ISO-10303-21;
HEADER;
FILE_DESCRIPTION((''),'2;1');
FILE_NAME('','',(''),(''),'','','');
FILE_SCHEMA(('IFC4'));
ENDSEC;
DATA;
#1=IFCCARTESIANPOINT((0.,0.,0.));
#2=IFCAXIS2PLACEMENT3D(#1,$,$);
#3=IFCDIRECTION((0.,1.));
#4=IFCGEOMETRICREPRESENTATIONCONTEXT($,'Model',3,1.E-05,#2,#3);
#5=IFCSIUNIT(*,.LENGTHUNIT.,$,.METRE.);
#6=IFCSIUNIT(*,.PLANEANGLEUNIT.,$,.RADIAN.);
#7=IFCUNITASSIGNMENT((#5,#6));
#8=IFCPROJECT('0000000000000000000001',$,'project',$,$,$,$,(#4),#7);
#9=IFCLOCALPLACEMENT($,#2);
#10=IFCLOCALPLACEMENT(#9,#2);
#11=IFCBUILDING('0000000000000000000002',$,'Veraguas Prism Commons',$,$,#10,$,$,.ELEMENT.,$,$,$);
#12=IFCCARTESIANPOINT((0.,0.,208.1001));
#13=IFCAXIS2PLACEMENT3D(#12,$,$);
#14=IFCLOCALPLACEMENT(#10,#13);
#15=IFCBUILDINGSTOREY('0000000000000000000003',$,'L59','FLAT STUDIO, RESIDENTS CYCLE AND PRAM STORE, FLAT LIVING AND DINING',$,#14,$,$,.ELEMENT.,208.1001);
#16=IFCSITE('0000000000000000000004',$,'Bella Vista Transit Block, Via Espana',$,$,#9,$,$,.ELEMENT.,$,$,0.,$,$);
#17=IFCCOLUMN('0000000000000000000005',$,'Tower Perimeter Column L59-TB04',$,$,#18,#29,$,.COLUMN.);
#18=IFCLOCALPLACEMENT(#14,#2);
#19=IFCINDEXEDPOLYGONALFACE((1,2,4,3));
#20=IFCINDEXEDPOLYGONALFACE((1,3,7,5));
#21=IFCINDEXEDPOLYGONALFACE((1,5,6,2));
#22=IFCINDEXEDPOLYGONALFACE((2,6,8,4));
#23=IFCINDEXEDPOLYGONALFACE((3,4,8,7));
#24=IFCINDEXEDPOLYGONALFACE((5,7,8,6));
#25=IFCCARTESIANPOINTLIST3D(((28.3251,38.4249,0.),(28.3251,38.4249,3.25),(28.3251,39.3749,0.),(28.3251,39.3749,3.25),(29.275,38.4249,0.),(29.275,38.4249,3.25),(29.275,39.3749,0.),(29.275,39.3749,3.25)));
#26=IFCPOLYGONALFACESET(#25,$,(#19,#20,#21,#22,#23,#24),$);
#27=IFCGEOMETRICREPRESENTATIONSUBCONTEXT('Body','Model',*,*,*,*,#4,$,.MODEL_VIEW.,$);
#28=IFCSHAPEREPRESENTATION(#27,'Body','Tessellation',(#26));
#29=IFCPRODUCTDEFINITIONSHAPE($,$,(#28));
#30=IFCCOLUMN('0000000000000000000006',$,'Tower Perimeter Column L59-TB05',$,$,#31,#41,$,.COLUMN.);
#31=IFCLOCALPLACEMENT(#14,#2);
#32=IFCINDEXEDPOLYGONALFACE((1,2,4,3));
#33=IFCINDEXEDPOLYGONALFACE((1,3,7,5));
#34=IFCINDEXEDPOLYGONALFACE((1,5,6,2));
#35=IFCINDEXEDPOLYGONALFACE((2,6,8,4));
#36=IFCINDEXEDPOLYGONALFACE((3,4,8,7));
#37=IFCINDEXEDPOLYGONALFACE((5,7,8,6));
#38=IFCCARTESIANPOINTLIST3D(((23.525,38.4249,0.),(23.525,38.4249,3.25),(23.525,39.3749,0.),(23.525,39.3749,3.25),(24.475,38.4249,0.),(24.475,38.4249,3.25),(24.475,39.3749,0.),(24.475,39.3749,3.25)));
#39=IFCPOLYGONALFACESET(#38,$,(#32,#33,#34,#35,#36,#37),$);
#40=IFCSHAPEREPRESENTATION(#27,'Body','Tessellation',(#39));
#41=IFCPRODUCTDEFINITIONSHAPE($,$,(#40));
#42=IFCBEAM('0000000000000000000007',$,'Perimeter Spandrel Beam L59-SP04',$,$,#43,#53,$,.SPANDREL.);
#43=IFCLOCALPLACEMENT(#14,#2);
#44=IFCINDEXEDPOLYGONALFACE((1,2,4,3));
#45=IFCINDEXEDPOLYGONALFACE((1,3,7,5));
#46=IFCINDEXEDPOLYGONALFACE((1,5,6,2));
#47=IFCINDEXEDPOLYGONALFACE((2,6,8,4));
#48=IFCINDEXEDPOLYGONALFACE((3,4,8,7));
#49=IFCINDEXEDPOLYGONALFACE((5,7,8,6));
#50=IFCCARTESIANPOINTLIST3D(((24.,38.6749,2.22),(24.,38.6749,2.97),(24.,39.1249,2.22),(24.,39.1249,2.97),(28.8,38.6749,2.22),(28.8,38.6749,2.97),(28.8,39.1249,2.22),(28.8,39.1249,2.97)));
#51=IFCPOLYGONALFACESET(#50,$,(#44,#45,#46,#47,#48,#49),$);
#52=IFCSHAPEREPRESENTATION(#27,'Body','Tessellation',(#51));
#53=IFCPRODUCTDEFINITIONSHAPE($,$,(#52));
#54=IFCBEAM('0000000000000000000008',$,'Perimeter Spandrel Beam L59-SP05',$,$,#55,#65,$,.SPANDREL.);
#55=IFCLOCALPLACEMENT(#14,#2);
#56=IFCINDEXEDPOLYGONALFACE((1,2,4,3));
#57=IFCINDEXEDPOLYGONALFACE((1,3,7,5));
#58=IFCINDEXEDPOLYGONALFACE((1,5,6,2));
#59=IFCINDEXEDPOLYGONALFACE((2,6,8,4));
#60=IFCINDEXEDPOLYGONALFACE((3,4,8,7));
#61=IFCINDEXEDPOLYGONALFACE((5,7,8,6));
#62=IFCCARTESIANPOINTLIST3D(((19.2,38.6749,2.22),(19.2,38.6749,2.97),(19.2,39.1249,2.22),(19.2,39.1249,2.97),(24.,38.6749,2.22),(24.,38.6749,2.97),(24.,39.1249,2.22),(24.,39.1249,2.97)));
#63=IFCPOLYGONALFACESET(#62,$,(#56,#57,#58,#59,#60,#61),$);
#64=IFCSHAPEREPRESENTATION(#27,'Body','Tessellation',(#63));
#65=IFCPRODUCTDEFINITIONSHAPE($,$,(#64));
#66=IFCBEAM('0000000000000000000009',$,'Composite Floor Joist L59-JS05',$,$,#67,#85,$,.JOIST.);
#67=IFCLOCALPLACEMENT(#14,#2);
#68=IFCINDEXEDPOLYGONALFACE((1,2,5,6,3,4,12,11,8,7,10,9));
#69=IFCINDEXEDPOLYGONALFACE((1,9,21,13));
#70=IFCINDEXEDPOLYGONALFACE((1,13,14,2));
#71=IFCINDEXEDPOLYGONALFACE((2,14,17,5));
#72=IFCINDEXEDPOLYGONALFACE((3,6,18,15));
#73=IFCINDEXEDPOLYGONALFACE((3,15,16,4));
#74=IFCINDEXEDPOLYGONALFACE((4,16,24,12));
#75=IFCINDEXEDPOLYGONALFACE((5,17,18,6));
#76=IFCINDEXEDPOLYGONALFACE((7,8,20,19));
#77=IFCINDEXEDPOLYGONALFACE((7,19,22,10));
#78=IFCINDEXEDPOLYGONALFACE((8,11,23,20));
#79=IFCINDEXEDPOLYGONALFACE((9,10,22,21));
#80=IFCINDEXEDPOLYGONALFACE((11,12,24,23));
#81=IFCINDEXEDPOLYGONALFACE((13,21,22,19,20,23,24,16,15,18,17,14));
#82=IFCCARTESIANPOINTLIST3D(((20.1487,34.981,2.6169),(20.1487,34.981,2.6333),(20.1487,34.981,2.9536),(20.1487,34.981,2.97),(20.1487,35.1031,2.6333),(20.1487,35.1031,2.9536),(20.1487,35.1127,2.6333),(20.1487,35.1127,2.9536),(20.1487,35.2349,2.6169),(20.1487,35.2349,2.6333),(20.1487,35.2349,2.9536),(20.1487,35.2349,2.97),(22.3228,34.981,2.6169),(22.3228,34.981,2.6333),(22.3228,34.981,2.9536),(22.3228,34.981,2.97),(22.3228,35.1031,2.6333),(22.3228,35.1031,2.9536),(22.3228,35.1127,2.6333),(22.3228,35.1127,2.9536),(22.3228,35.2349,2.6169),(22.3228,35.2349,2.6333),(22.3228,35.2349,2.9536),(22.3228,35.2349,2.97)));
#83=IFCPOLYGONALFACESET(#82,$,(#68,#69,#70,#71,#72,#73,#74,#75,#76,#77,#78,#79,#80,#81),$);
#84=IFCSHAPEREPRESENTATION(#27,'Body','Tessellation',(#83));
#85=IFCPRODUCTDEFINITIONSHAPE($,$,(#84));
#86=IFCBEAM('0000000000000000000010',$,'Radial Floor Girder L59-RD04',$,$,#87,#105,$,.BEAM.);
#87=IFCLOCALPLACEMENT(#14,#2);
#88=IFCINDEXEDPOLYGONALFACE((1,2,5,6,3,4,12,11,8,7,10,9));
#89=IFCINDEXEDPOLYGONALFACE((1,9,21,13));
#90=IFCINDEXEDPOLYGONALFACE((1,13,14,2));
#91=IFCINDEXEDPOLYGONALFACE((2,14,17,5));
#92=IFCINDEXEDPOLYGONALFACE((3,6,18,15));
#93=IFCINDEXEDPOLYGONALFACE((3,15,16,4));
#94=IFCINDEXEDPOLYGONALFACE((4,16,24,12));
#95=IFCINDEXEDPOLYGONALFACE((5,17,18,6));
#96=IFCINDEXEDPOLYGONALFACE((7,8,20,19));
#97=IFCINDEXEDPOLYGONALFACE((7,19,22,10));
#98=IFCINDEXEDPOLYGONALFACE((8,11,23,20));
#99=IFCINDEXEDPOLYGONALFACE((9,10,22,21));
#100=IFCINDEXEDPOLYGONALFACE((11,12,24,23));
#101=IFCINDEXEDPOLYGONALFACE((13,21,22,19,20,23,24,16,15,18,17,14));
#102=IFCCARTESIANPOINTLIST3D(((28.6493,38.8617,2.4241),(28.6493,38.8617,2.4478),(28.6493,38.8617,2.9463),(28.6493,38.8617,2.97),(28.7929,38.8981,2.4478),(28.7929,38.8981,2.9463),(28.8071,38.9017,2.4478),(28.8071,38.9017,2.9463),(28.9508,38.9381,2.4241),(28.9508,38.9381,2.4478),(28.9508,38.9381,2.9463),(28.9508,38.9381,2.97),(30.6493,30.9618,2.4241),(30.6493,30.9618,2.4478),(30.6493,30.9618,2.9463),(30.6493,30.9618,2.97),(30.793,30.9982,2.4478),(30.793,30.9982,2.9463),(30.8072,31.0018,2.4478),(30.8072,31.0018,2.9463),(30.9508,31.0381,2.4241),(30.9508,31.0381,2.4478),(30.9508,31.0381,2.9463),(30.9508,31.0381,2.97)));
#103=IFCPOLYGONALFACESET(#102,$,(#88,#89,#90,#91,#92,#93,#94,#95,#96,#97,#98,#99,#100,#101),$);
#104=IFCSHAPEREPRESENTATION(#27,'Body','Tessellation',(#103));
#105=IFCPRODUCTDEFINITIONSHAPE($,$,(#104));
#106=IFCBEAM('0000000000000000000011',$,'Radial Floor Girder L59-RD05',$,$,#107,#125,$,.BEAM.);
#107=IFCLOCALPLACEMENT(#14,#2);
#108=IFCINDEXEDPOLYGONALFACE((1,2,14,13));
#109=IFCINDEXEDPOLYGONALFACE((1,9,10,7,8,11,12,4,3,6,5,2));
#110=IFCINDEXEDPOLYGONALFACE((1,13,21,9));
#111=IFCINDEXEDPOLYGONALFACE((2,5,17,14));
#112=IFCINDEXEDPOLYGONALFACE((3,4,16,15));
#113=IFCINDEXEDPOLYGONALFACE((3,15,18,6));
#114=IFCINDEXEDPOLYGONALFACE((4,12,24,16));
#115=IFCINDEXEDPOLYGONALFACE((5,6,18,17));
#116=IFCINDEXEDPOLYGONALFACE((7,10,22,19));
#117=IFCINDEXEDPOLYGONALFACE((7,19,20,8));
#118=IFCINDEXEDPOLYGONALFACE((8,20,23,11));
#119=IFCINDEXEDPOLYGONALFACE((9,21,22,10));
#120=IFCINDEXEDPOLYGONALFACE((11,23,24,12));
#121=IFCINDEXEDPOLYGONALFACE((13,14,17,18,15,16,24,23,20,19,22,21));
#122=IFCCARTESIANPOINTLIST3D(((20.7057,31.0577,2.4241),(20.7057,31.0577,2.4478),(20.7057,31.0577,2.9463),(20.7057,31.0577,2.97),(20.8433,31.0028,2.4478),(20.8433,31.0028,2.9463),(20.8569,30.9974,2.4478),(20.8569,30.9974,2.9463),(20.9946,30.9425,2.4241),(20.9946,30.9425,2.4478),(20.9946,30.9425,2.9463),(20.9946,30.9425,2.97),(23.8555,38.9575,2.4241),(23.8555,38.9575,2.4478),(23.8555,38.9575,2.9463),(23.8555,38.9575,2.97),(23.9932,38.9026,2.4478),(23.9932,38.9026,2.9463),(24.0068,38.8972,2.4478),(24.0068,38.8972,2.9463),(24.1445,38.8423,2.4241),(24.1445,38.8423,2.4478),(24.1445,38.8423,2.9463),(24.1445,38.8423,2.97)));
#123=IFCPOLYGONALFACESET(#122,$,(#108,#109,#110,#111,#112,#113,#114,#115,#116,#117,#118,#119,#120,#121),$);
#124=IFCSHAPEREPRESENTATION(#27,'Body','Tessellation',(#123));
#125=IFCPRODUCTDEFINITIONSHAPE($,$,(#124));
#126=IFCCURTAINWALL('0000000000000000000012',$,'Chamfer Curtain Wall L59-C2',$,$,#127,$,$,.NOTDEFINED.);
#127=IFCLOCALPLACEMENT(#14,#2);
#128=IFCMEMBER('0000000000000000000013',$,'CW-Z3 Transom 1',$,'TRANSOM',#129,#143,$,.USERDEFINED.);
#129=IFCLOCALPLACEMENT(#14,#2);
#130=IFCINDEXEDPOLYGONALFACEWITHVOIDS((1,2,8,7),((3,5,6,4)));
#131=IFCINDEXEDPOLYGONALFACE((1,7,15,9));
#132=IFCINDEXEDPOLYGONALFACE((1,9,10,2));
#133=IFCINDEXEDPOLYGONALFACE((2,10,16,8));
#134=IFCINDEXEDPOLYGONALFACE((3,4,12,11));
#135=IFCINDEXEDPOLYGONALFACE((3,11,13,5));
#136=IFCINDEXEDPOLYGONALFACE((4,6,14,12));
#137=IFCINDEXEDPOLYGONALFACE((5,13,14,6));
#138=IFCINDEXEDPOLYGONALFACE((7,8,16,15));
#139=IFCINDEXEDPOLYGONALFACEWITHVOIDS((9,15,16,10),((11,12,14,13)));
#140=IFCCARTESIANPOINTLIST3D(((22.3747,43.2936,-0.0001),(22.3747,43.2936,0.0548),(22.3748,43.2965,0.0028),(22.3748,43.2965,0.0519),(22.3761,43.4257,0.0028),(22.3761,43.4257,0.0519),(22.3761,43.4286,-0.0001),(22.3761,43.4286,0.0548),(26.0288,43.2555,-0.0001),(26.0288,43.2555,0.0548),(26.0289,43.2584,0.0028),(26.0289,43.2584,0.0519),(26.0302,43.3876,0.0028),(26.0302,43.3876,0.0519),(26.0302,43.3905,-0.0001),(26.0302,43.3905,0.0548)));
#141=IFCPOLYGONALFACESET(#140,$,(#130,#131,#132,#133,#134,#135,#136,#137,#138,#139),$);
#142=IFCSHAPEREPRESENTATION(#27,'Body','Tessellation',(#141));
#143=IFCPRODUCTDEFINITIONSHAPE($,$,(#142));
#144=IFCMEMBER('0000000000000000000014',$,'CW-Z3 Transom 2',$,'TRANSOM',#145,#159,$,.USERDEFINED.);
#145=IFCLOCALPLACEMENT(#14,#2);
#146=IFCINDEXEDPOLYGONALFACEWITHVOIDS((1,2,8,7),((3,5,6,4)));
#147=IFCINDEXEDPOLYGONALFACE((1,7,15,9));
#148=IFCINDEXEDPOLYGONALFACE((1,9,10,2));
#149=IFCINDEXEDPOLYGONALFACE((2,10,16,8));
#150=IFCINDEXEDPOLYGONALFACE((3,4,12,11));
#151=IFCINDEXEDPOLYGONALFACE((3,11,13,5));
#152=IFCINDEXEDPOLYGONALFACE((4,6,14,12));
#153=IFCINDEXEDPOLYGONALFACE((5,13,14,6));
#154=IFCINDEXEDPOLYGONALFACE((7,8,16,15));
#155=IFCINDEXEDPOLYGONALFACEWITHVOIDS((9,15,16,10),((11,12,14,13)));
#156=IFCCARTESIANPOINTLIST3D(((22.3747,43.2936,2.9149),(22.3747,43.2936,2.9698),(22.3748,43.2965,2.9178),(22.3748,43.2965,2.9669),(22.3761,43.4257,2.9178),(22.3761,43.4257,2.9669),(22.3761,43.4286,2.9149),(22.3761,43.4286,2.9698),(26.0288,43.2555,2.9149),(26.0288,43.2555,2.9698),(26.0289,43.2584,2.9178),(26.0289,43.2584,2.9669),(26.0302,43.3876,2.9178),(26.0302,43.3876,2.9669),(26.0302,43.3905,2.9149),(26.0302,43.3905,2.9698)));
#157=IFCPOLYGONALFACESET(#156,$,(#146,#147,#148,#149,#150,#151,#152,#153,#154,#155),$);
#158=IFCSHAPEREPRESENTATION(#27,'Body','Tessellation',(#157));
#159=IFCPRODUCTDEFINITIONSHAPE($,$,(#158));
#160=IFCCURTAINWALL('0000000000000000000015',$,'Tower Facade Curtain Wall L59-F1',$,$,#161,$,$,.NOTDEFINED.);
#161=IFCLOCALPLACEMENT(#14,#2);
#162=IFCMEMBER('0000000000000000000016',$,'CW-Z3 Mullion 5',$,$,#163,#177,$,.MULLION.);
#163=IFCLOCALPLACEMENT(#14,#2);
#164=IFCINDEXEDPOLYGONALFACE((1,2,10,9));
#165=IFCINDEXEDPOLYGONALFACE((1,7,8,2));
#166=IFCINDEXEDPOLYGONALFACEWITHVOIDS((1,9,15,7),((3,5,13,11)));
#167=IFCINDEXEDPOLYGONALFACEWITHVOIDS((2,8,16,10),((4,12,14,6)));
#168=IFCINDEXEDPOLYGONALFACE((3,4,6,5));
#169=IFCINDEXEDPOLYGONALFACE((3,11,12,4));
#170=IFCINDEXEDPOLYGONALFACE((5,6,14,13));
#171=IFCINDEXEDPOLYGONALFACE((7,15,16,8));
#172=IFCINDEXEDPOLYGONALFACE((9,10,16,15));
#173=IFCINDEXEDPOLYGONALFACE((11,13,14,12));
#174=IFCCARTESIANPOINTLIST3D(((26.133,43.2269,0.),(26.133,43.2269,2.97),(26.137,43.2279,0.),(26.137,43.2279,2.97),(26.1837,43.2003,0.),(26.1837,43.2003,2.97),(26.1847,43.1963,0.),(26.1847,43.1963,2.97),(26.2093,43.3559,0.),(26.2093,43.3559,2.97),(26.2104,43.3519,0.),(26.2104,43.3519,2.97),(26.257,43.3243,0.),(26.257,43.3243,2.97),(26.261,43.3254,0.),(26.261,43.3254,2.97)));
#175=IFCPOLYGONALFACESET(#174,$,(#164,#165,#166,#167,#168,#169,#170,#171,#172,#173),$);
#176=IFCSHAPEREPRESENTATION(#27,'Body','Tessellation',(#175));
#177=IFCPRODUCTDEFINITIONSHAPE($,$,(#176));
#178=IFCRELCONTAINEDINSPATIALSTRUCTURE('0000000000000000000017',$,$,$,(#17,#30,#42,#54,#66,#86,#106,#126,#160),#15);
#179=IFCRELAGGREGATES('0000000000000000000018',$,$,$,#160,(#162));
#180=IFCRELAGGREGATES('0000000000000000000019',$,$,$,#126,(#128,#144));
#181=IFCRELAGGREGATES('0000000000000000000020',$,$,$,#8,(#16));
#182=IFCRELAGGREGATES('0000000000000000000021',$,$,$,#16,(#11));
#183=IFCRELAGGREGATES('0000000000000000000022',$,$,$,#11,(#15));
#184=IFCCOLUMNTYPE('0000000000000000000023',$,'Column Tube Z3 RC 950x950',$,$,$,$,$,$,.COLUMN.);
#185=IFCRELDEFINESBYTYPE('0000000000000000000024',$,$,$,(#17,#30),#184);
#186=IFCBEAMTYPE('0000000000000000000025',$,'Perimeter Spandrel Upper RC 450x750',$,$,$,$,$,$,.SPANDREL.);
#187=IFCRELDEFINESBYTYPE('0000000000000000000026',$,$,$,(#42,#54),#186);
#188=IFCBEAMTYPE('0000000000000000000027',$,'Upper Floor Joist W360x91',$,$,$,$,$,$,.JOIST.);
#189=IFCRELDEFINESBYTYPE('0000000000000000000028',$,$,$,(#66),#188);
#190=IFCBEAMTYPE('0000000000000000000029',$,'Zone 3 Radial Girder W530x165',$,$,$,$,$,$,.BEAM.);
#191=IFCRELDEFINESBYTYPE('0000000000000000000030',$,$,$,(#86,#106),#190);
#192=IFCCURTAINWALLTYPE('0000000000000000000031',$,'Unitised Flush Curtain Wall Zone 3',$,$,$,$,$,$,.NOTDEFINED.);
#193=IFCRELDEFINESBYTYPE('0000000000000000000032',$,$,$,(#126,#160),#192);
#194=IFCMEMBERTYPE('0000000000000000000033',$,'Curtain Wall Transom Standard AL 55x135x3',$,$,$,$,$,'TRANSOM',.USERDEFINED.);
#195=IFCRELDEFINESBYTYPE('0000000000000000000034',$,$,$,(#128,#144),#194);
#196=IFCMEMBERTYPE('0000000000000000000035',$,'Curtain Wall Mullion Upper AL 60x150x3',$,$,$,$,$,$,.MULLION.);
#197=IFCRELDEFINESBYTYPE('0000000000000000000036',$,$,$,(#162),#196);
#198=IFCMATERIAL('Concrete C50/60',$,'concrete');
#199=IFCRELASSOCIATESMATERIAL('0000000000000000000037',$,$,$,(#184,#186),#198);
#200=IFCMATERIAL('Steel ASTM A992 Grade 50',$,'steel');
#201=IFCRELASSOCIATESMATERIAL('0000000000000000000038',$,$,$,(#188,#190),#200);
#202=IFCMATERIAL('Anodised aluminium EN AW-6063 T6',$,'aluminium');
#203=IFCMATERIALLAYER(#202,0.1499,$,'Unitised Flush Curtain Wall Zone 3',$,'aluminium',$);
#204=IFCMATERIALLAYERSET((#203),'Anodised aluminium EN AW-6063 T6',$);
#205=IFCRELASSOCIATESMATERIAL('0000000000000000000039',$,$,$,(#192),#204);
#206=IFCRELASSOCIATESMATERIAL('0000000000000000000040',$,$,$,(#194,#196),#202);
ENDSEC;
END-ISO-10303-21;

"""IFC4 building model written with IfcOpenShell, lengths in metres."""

from ifc_helpers import new_model, si_unit, direction, frame, origin, origin_2d, place, context, subcontext, project, spatial, rectangle, hollow_rectangle, i_section, extrude, source, transform, mapped, material, layer, layer_set, material_profile, profile_set, type_object, element, aggregate, save


model = new_model("IFC4")

# Units and contexts
model_context = context("Model", 3, precision=1e-05, world=origin(), true_north=direction((0.0, 1.0)))
body_context = subcontext(model_context, "Body", "Model", "MODEL_VIEW")
ifc_project = project(units=[si_unit("LENGTHUNIT", "METRE"), si_unit("PLANEANGLEUNIT", "RADIAN")], contexts=[model_context])

# Site, building, storey
site_placement = place(None, origin())
site = spatial("IfcSite", under=ifc_project, at=site_placement, Name="Bella Vista Transit Block, Via Espana", CompositionType="ELEMENT", RefElevation=0.0)
building_placement = place(site_placement, origin())
building = spatial("IfcBuilding", under=site, at=building_placement, Name="Veraguas Prism Commons", CompositionType="ELEMENT")
storey_placement = place(building_placement, frame((0.0, 0.0, 208.1001)))
storey = spatial("IfcBuildingStorey", under=building, at=storey_placement, Name="L59", Description="FLAT STUDIO, RESIDENTS CYCLE AND PRAM STORE, FLAT LIVING AND DINING", CompositionType="ELEMENT", Elevation=208.1001)

# Columns
ifc_material_1 = material(Name="Concrete C50/60", Category="concrete")
ifc_material_profile_1 = material_profile(ifc_material_1, rectangle(XDim=0.95, YDim=0.95, at=origin_2d()), Name="RC950X950")
ifc_profile_set_1 = profile_set([ifc_material_profile_1], Name="Concrete C50/60")
column_type = type_object("IfcColumnType", Name="Column Tube Z3 RC 950x950", PredefinedType="COLUMN", material=ifc_profile_set_1)
for number, where, z_axis, x_axis, name in (
    (1, (28.8, 38.8999, 0.0), (0.0, 0.0, 1.0), (1.0, 0.0, 0.0), "Tower Perimeter Column L59-TB04"),
    (2, (24.0, 38.8999, 0.0), (0.0, 0.0, 1.0), (1.0, 0.0, 0.0), "Tower Perimeter Column L59-TB05"),
):
    element("IfcColumn", number, at=place(storey_placement, frame(where, z_axis=z_axis, x_axis=x_axis)), inside=storey, type_object=column_type, Name=name, PredefinedType="COLUMN", context=body_context, shape_type="SweptSolid", body=[
        extrude(rectangle(XDim=0.95, YDim=0.95, at=origin_2d()), origin(), (0.0, 0.0, 1.0), 3.25),
    ])

# Beams
ifc_material_profile_2 = material_profile(ifc_material_1, rectangle(XDim=0.45, YDim=0.75, at=origin_2d()), Name="RC450X750")
ifc_profile_set_2 = profile_set([ifc_material_profile_2], Name="Concrete C50/60")
beam_type_1 = type_object("IfcBeamType", Name="Perimeter Spandrel Upper RC 450x750", PredefinedType="SPANDREL", material=ifc_profile_set_2)
for number, where, z_axis, x_axis, name in (
    (3, (28.8, 38.8999, 2.595), (-1.0, 0.0, 0.0), (0.0, -1.0, 0.0), "Perimeter Spandrel Beam L59-SP04"),
    (4, (24.0, 38.8999, 2.595), (-1.0, 0.0, 0.0), (0.0, -1.0, 0.0), "Perimeter Spandrel Beam L59-SP05"),
):
    element("IfcBeam", number, at=place(storey_placement, frame(where, z_axis=z_axis, x_axis=x_axis)), inside=storey, type_object=beam_type_1, Name=name, PredefinedType="SPANDREL", context=body_context, shape_type="SweptSolid", body=[
        extrude(rectangle(XDim=0.45, YDim=0.75, at=origin_2d()), origin(), (0.0, 0.0, 1.0), 4.8),
    ])
ifc_material_2 = material(Name="Steel ASTM A992 Grade 50", Category="steel")
ifc_material_profile_3 = material_profile(ifc_material_2, i_section(OverallWidth=0.2539, OverallDepth=0.353, WebThickness=0.0095, FlangeThickness=0.0164, at=origin_2d()), Name="W360X91")
ifc_profile_set_3 = profile_set([ifc_material_profile_3], Name="Steel ASTM A992 Grade 50")
beam_type_2 = type_object("IfcBeamType", Name="Upper Floor Joist W360x91", PredefinedType="JOIST", material=ifc_profile_set_3)
beam_1_placement = place(storey_placement, frame((22.3228, 35.1079, 2.7935), z_axis=(-1.0, 0.0, 0.0), x_axis=(0.0, -1.0, 0.0)))
element("IfcBeam", 5, at=beam_1_placement, inside=storey, type_object=beam_type_2, Name="Composite Floor Joist L59-JS05", PredefinedType="JOIST", context=body_context, shape_type="SweptSolid", body=[
    extrude(i_section(OverallWidth=0.2539, OverallDepth=0.353, WebThickness=0.0095, FlangeThickness=0.0164, at=origin_2d()), origin(), (0.0, 0.0, 1.0), 2.1741),
])
ifc_material_profile_4 = material_profile(ifc_material_2, i_section(OverallWidth=0.311, OverallDepth=0.5459, WebThickness=0.0146, FlangeThickness=0.0237, at=origin_2d()), Name="W530X165")
ifc_profile_set_4 = profile_set([ifc_material_profile_4], Name="Steel ASTM A992 Grade 50")
beam_type_3 = type_object("IfcBeamType", Name="Zone 3 Radial Girder W530x165", PredefinedType="BEAM", material=ifc_profile_set_4)
beam_2_placement = place(storey_placement, frame((28.8, 38.8999, 2.697), z_axis=(0.245425, -0.969416, 0.0), x_axis=(0.969416, 0.245425, 0.0)))
element("IfcBeam", 6, at=beam_2_placement, inside=storey, type_object=beam_type_3, Name="Radial Floor Girder L59-RD04", PredefinedType="BEAM", context=body_context, shape_type="SweptSolid", body=[
    extrude(i_section(OverallWidth=0.311, OverallDepth=0.5459, WebThickness=0.0146, FlangeThickness=0.0237, at=origin_2d()), origin(), (0.0, 0.0, 1.0), 8.1492),
])
beam_3_placement = place(storey_placement, frame((24.0, 38.8999, 2.697), z_axis=(-0.370371, -0.928884, 0.0), x_axis=(0.928884, -0.370371, 0.0)))
element("IfcBeam", 7, at=beam_3_placement, inside=storey, type_object=beam_type_3, Name="Radial Floor Girder L59-RD05", PredefinedType="BEAM", context=body_context, shape_type="SweptSolid", body=[
    extrude(i_section(OverallWidth=0.311, OverallDepth=0.5459, WebThickness=0.0146, FlangeThickness=0.0237, at=origin_2d()), origin(), (0.0, 0.0, 1.0), 8.5046),
])

# Curtain wall, members
ifc_material_3 = material(Name="Anodised aluminium EN AW-6063 T6", Category="aluminium")
ifc_layer_1 = layer(ifc_material_3, 0.1499, Name="Unitised Flush Curtain Wall Zone 3", Category="aluminium")
ifc_layer_set_1 = layer_set([ifc_layer_1], Name="Anodised aluminium EN AW-6063 T6")
curtain_wall_type = type_object("IfcCurtainWallType", Name="Unitised Flush Curtain Wall Zone 3", PredefinedType="NOTDEFINED", material=ifc_layer_set_1)
curtain_wall_1_placement = place(storey_placement, origin())
curtain_wall_1 = element("IfcCurtainWall", 8, at=curtain_wall_1_placement, inside=storey, type_object=curtain_wall_type, Name="Chamfer Curtain Wall L59-C2", PredefinedType="NOTDEFINED")
ifc_material_profile_5 = material_profile(ifc_material_3, hollow_rectangle(XDim=0.0549, YDim=0.135, WallThickness=0.0029, at=origin_2d()), Name="AL55X135X3")
ifc_profile_set_5 = profile_set([ifc_material_profile_5], Name="Anodised aluminium EN AW-6063 T6")
member_type_1 = type_object("IfcMemberType", Name="Curtain Wall Transom Standard AL 55x135x3", ElementType="TRANSOM", PredefinedType="USERDEFINED", material=ifc_profile_set_5)
shared_shape_1 = source(origin(), body_context, "Body", "SweptSolid", [
    extrude(hollow_rectangle(XDim=0.0549, YDim=0.135, WallThickness=0.0029, at=origin_2d()), origin(), (0.0, 0.0, 1.0), 3.6543),
])
member_1_placement = place(storey_placement, frame((26.0295, 43.323, 0.0273), z_axis=(-0.999946, 0.010422, 0.0), x_axis=(0.0, 0.0, 1.0)))
member_1 = element("IfcMember", 9, at=member_1_placement, type_object=member_type_1, Name="CW-Z3 Transom 1", ObjectType="TRANSOM", PredefinedType="USERDEFINED", context=body_context, shape_type="MappedRepresentation", body=[
    mapped(shared_shape_1, transform((0.0, 0.0, 0.0), scale=1.0)),
])
member_2_placement = place(storey_placement, frame((26.0295, 43.323, 2.9424), z_axis=(-0.999946, 0.010422, 0.0), x_axis=(0.0, 0.0, 1.0)))
member_2 = element("IfcMember", 10, at=member_2_placement, type_object=member_type_1, Name="CW-Z3 Transom 2", ObjectType="TRANSOM", PredefinedType="USERDEFINED", context=body_context, shape_type="MappedRepresentation", body=[
    mapped(shared_shape_1, transform((0.0, 0.0, 0.0), scale=1.0)),
])

# Curtain wall, member
curtain_wall_2_placement = place(storey_placement, origin())
curtain_wall_2 = element("IfcCurtainWall", 11, at=curtain_wall_2_placement, inside=storey, type_object=curtain_wall_type, Name="Tower Facade Curtain Wall L59-F1", PredefinedType="NOTDEFINED")
ifc_material_profile_6 = material_profile(ifc_material_3, hollow_rectangle(XDim=0.0601, YDim=0.1499, WallThickness=0.0029, at=origin_2d()), Name="AL60X150X3")
ifc_profile_set_6 = profile_set([ifc_material_profile_6], Name="Anodised aluminium EN AW-6063 T6")
member_type_2 = type_object("IfcMemberType", Name="Curtain Wall Mullion Upper AL 60x150x3", PredefinedType="MULLION", material=ifc_profile_set_6)
shared_shape_2 = source(origin(), body_context, "Body", "SweptSolid", [
    extrude(hollow_rectangle(XDim=0.0601, YDim=0.1499, WallThickness=0.0029, at=origin_2d()), origin(), (0.0, 0.0, 1.0), 2.97),
])
member_3_placement = place(storey_placement, frame((26.197, 43.2761, 0.0), z_axis=(0.0, 0.0, 1.0), x_axis=(-0.860741, 0.509043, 0.0)))
member_3 = element("IfcMember", 12, at=member_3_placement, type_object=member_type_2, Name="CW-Z3 Mullion 5", PredefinedType="MULLION", context=body_context, shape_type="MappedRepresentation", body=[
    mapped(shared_shape_2, transform((0.0, 0.0, 0.0), scale=1.0)),
])

aggregate(curtain_wall_2, [member_3])
aggregate(curtain_wall_1, [member_1, member_2])

save(model, "model.ifc")
